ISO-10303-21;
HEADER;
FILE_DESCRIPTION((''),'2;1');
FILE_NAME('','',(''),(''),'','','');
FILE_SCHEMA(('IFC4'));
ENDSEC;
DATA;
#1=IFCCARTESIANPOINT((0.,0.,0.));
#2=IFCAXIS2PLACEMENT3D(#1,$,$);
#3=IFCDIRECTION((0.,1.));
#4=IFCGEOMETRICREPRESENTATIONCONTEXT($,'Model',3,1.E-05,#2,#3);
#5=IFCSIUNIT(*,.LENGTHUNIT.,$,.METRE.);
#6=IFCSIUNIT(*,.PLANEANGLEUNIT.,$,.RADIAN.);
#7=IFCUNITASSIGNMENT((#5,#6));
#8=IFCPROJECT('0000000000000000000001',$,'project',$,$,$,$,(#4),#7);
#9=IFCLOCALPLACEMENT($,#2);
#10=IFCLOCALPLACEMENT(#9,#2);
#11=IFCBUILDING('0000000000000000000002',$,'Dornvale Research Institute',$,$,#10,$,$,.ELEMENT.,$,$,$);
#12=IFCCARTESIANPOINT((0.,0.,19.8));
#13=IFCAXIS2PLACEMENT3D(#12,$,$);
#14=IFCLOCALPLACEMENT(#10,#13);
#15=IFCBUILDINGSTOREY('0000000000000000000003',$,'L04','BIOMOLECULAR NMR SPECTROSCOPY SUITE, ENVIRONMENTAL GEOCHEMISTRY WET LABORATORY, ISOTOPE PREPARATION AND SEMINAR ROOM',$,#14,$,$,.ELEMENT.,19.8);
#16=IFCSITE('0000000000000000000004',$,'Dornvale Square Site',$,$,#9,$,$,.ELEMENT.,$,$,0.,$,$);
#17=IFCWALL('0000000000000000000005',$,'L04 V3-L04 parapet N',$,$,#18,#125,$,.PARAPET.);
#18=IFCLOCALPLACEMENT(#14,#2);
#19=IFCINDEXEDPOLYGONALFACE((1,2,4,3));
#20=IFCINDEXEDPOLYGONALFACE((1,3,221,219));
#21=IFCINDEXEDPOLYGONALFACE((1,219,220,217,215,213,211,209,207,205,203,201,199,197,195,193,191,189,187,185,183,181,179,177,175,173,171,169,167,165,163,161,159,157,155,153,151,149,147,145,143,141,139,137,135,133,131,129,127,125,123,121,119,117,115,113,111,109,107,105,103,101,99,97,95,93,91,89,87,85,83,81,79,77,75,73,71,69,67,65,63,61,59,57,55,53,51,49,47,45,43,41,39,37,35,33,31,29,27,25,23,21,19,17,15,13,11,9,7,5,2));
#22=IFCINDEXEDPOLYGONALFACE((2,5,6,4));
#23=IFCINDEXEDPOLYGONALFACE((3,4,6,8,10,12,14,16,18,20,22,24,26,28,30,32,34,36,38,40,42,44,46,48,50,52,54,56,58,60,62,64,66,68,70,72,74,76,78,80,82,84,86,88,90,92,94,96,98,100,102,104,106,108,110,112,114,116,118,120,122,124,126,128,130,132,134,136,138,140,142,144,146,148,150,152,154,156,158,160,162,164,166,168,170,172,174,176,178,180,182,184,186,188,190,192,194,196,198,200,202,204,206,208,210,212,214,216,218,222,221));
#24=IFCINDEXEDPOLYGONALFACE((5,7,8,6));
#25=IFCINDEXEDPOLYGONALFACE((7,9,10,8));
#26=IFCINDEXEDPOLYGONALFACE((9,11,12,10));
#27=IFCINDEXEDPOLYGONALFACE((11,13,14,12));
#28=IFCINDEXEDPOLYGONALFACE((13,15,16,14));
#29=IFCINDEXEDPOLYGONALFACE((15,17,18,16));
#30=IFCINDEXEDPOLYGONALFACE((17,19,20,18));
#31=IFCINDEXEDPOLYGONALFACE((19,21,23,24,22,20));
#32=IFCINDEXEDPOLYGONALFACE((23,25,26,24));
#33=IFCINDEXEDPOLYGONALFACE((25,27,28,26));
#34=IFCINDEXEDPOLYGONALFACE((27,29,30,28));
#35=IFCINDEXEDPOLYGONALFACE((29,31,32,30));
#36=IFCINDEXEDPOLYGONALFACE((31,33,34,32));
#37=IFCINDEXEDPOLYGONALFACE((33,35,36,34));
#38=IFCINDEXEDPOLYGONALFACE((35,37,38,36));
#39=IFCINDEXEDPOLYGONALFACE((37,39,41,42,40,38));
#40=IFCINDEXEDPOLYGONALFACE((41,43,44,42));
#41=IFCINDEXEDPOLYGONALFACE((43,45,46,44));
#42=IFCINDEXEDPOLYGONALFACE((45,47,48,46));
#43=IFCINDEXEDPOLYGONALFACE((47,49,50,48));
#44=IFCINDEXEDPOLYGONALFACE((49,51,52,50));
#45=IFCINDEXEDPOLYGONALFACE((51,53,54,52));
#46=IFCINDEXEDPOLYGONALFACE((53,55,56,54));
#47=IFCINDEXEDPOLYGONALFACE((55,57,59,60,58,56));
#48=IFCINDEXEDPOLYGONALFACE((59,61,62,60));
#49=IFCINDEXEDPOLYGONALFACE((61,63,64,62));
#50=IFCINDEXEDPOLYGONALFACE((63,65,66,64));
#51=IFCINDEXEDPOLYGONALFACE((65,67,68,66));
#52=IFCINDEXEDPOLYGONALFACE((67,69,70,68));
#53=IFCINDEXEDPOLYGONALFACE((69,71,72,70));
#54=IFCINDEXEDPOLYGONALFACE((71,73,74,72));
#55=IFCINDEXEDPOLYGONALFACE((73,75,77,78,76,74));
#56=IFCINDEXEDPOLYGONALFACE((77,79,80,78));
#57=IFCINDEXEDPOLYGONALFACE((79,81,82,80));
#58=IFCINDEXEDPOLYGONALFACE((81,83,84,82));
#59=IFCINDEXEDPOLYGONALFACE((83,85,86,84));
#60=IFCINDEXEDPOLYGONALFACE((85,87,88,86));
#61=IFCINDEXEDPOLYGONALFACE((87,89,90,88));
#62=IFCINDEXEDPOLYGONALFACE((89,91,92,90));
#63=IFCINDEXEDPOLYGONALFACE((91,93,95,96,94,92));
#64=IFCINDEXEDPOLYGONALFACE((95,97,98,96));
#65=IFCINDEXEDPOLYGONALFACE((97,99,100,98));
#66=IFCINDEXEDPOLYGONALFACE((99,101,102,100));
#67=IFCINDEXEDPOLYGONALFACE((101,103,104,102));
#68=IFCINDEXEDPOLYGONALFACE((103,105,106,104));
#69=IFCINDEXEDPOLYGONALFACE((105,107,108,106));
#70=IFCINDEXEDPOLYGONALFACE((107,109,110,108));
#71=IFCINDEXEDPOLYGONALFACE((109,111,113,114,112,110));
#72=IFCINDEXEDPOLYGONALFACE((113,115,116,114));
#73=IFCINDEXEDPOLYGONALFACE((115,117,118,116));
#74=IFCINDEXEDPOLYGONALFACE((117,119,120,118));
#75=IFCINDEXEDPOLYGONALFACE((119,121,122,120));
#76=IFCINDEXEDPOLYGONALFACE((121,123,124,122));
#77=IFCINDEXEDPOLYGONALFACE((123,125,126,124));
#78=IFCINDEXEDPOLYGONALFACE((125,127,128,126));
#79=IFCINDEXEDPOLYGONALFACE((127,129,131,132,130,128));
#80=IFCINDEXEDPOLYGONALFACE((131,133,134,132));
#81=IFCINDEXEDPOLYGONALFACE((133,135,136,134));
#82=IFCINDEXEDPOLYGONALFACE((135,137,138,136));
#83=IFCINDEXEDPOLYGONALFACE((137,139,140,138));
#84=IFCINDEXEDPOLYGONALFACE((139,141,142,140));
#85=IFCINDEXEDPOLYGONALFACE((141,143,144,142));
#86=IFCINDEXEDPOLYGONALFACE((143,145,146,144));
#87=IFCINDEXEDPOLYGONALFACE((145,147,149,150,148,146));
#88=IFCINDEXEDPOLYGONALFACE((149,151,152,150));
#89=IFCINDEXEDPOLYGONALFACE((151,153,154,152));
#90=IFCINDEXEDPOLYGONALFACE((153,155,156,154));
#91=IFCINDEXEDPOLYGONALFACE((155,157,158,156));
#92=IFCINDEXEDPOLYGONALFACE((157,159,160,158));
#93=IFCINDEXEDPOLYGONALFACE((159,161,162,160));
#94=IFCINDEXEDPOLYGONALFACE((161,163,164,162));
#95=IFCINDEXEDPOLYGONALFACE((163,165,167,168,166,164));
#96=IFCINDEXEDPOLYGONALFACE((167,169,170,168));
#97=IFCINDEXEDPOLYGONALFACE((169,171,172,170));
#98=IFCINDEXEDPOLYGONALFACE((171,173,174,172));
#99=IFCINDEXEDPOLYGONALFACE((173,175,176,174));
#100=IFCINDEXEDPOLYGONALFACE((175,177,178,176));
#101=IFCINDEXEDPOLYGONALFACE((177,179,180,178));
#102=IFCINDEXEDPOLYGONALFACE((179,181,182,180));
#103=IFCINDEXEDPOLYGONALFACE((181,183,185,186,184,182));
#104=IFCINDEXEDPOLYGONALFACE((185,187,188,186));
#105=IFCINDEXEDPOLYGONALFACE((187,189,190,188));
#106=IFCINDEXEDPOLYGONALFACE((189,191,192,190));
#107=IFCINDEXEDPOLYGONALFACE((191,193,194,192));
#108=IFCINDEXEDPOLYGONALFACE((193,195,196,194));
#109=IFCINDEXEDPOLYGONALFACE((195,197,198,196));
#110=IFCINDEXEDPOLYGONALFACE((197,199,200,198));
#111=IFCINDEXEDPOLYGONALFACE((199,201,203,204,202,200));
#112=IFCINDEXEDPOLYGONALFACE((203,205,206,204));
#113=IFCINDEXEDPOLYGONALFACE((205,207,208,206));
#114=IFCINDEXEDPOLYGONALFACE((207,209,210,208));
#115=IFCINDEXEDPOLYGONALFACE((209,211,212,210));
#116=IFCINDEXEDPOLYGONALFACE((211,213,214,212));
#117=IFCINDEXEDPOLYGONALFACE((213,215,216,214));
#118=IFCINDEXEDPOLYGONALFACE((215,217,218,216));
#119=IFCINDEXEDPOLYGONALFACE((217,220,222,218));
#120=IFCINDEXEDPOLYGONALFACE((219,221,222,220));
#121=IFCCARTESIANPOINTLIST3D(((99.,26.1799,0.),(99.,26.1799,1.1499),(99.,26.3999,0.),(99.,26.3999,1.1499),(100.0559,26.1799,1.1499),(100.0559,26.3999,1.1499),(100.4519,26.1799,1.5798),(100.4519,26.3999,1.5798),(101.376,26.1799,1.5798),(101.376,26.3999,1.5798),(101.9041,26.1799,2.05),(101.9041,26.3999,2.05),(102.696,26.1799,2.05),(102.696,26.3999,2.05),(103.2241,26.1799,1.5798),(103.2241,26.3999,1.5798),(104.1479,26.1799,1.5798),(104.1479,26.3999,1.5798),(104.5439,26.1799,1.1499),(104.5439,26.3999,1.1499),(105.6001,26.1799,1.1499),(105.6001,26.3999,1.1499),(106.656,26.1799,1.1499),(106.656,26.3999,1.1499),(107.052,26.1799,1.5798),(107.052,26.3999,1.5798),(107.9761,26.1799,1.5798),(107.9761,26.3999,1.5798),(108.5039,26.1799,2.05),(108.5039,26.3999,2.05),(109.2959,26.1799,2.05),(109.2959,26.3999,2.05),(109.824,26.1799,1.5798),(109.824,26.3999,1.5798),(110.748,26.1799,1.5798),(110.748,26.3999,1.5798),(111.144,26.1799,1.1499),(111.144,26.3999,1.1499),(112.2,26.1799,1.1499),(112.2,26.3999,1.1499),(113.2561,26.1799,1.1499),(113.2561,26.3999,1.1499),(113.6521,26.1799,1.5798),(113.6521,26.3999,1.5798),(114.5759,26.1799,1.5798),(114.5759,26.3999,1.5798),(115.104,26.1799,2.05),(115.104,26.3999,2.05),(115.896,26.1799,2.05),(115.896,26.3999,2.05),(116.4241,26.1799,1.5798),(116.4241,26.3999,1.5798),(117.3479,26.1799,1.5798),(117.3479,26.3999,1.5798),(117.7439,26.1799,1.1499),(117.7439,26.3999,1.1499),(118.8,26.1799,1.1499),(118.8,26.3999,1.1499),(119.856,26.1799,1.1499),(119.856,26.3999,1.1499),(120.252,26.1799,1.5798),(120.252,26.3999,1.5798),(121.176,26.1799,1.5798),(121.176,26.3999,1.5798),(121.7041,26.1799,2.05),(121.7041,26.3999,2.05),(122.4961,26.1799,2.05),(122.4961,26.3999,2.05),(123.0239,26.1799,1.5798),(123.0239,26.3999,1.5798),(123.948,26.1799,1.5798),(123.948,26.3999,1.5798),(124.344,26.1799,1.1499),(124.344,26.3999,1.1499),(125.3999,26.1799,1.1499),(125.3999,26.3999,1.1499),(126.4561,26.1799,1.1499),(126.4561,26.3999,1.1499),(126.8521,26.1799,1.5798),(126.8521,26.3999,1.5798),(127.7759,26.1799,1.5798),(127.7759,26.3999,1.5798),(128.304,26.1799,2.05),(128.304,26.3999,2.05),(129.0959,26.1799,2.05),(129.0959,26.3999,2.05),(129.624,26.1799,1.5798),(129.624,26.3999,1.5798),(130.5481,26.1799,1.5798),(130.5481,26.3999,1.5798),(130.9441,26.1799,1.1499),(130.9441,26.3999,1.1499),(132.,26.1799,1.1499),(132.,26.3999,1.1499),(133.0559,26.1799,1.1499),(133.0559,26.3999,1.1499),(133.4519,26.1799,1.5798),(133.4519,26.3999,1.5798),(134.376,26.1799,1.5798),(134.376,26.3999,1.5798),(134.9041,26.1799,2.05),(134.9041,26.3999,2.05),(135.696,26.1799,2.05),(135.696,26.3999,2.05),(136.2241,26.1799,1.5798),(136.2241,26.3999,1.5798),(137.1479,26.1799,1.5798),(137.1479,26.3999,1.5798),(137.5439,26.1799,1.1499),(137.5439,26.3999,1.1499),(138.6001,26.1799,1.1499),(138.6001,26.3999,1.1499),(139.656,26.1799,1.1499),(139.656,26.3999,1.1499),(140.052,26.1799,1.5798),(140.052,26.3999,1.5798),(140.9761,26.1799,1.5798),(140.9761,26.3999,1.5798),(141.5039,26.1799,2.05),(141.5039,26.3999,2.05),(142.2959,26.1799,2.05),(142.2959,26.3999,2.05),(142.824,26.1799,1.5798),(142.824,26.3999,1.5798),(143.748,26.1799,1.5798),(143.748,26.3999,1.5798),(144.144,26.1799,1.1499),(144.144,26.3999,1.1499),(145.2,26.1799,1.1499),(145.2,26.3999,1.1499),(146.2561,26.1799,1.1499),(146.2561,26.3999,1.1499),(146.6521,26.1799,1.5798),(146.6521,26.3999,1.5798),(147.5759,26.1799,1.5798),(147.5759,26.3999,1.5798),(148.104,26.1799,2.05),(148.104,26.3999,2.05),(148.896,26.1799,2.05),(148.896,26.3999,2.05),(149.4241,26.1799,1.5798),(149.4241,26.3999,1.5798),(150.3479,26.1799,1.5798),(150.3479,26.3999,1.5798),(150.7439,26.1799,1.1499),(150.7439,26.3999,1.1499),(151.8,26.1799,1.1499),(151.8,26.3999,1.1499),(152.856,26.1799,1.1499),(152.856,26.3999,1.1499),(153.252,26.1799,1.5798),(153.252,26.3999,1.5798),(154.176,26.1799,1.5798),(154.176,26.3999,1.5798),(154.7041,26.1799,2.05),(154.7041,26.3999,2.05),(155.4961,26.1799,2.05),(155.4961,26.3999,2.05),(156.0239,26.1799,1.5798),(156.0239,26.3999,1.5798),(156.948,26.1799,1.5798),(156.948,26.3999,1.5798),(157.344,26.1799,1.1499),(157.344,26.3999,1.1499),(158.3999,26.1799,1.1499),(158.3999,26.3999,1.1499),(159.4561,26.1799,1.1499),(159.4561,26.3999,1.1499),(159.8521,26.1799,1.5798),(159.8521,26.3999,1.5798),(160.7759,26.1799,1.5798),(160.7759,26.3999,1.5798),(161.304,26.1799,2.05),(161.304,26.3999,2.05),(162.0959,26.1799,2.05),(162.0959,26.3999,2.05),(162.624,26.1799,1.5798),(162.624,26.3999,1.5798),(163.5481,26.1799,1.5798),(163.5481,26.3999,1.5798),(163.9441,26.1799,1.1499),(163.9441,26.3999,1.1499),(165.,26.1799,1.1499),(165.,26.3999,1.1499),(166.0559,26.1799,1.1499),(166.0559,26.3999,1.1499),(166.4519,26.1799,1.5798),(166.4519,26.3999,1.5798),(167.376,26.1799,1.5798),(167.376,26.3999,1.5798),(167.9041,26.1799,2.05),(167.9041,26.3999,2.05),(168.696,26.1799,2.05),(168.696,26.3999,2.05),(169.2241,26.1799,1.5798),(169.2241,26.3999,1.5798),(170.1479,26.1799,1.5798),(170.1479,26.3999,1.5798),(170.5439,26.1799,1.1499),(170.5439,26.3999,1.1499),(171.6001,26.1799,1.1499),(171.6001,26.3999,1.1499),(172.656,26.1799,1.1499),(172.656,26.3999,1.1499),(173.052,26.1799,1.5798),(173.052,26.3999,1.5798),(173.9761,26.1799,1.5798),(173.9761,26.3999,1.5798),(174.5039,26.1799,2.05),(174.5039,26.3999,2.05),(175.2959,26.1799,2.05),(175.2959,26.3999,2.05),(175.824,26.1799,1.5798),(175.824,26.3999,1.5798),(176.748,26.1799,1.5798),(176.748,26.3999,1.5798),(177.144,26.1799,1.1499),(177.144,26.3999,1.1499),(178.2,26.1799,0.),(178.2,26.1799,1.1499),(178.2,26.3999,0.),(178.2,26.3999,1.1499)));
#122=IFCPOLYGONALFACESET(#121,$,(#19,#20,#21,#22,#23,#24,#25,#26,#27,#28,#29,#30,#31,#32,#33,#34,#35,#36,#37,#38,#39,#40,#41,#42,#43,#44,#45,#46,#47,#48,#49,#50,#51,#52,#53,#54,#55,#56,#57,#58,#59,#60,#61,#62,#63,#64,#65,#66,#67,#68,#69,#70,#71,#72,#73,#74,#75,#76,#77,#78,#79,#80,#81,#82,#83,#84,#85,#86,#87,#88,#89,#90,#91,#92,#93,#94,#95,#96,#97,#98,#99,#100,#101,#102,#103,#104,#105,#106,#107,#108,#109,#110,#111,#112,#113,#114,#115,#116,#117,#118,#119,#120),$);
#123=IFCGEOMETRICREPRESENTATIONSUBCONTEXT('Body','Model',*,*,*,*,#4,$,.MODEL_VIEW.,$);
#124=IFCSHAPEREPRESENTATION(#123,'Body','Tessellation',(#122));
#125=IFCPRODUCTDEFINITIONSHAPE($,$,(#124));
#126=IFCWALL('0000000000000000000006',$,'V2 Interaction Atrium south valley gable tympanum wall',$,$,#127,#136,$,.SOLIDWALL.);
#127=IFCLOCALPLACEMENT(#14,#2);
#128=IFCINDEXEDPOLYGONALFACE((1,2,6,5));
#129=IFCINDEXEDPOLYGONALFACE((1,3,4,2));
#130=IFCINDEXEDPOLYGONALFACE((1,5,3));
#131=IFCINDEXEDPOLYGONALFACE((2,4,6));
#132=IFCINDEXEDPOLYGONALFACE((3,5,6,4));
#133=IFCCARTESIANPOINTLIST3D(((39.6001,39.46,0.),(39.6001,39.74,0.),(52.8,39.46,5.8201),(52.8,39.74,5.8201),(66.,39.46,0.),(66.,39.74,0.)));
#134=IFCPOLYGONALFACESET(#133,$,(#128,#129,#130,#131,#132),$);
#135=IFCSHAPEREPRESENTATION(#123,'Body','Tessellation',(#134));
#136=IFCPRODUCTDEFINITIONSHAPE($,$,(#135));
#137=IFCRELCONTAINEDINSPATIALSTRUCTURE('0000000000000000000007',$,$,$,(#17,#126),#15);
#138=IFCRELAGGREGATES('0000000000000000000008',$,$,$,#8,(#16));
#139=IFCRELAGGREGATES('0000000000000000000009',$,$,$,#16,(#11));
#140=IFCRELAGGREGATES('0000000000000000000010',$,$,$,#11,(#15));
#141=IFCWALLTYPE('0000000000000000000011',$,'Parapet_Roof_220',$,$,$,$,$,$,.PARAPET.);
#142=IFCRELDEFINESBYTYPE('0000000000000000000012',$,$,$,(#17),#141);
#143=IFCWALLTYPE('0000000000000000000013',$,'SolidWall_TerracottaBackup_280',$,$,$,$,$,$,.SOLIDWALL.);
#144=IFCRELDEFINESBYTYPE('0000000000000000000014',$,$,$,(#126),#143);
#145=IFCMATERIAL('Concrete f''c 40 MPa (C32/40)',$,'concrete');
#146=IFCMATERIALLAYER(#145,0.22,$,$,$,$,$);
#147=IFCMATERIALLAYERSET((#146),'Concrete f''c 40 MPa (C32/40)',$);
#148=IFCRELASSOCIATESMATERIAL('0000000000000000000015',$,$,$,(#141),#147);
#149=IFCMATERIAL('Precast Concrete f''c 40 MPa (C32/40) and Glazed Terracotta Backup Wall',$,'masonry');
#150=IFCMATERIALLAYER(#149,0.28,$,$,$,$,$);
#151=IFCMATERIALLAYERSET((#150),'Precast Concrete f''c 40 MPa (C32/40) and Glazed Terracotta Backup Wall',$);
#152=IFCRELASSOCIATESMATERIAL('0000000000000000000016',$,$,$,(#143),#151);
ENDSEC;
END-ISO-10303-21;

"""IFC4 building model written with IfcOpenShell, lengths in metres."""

from ifc_helpers import new_model, si_unit, direction, frame, origin, place, context, subcontext, project, spatial, polyline, outline, extrude, material, layer, layer_set, type_object, element, save


model = new_model("IFC4")

# Units and contexts
model_context = context("Model", 3, precision=1e-05, world=origin(), true_north=direction((0.0, 1.0)))
body_context = subcontext(model_context, "Body", "Model", "MODEL_VIEW")
ifc_project = project(units=[si_unit("LENGTHUNIT", "METRE"), si_unit("PLANEANGLEUNIT", "RADIAN")], contexts=[model_context])

# Site, building, storey
site_placement = place(None, origin())
site = spatial("IfcSite", under=ifc_project, at=site_placement, Name="Dornvale Square Site", CompositionType="ELEMENT", RefElevation=0.0)
building_placement = place(site_placement, origin())
building = spatial("IfcBuilding", under=site, at=building_placement, Name="Dornvale Research Institute", CompositionType="ELEMENT")
storey_placement = place(building_placement, frame((0.0, 0.0, 19.8)))
storey = spatial("IfcBuildingStorey", under=building, at=storey_placement, Name="L04", Description="BIOMOLECULAR NMR SPECTROSCOPY SUITE, ENVIRONMENTAL GEOCHEMISTRY WET LABORATORY, ISOTOPE PREPARATION AND SEMINAR ROOM", CompositionType="ELEMENT", Elevation=19.8)

# Walls
ifc_material_1 = material(Name="Concrete f'c 40 MPa (C32/40)", Category="concrete")
ifc_layer_1 = layer(ifc_material_1, 0.22)
ifc_layer_set_1 = layer_set([ifc_layer_1], Name="Concrete f'c 40 MPa (C32/40)")
wall_type_1 = type_object("IfcWallType", Name="Parapet_Roof_220", PredefinedType="PARAPET", material=ifc_layer_set_1)
wall_1_placement = place(storey_placement, frame((99.0, 26.29, 0.0), z_axis=(0.0, 0.0, 1.0), x_axis=(1.0, 0.0, 0.0)))
element("IfcWall", 1, at=wall_1_placement, inside=storey, type_object=wall_type_1, Name="L04 V3-L04 parapet N", PredefinedType="PARAPET", context=body_context, shape_type="SweptSolid", body=[
    extrude(outline(polyline([(0.0, 0.0), (79.2, 0.0), (79.2, 1.1499), (78.144, 1.1499), (77.748, 1.5798), (76.824, 1.5798), (76.2959, 2.05), (75.5039, 2.05), (74.9761, 1.5798), (74.052, 1.5798), (73.656, 1.1499), (72.6001, 1.1499), (71.5439, 1.1499), (71.1479, 1.5798), (70.2241, 1.5798), (69.696, 2.05), (68.9041, 2.05), (68.376, 1.5798), (67.4519, 1.5798), (67.0559, 1.1499), (66.0, 1.1499), (64.9441, 1.1499), (64.5481, 1.5798), (63.624, 1.5798), (63.0959, 2.05), (62.304, 2.05), (61.7759, 1.5798), (60.8521, 1.5798), (60.4561, 1.1499), (59.3999, 1.1499), (58.344, 1.1499), (57.948, 1.5798), (57.0239, 1.5798), (56.4961, 2.05), (55.7041, 2.05), (55.176, 1.5798), (54.252, 1.5798), (53.856, 1.1499), (52.8, 1.1499), (51.7439, 1.1499), (51.3479, 1.5798), (50.4241, 1.5798), (49.896, 2.05), (49.104, 2.05), (48.5759, 1.5798), (47.6521, 1.5798), (47.2561, 1.1499), (46.2, 1.1499), (45.144, 1.1499), (44.748, 1.5798), (43.824, 1.5798), (43.2959, 2.05), (42.5039, 2.05), (41.9761, 1.5798), (41.052, 1.5798), (40.656, 1.1499), (39.6001, 1.1499), (38.5439, 1.1499), (38.1479, 1.5798), (37.2241, 1.5798), (36.696, 2.05), (35.9041, 2.05), (35.376, 1.5798), (34.4519, 1.5798), (34.0559, 1.1499), (33.0, 1.1499), (31.9441, 1.1499), (31.5481, 1.5798), (30.624, 1.5798), (30.0959, 2.05), (29.304, 2.05), (28.7759, 1.5798), (27.8521, 1.5798), (27.4561, 1.1499), (26.3999, 1.1499), (25.344, 1.1499), (24.948, 1.5798), (24.0239, 1.5798), (23.4961, 2.05), (22.7041, 2.05), (22.176, 1.5798), (21.252, 1.5798), (20.856, 1.1499), (19.8, 1.1499), (18.7439, 1.1499), (18.3479, 1.5798), (17.4241, 1.5798), (16.896, 2.05), (16.104, 2.05), (15.5759, 1.5798), (14.6521, 1.5798), (14.2561, 1.1499), (13.2, 1.1499), (12.144, 1.1499), (11.748, 1.5798), (10.824, 1.5798), (10.2959, 2.05), (9.5039, 2.05), (8.9761, 1.5798), (8.052, 1.5798), (7.656, 1.1499), (6.6001, 1.1499), (5.5439, 1.1499), (5.1479, 1.5798), (4.2241, 1.5798), (3.696, 2.05), (2.9041, 2.05), (2.376, 1.5798), (1.4519, 1.5798), (1.0559, 1.1499), (0.0, 1.1499), (0.0, 0.0)])), frame((0.0, 0.1099, 0.0), z_axis=(0.0, -1.0, 0.0), x_axis=(1.0, 0.0, 0.0)), (0.0, 0.0, 1.0), 0.22),
])
ifc_material_2 = material(Name="Precast Concrete f'c 40 MPa (C32/40) and Glazed Terracotta Backup Wall", Category="masonry")
ifc_layer_2 = layer(ifc_material_2, 0.28)
ifc_layer_set_2 = layer_set([ifc_layer_2], Name="Precast Concrete f'c 40 MPa (C32/40) and Glazed Terracotta Backup Wall")
wall_type_2 = type_object("IfcWallType", Name="SolidWall_TerracottaBackup_280", PredefinedType="SOLIDWALL", material=ifc_layer_set_2)
wall_2_placement = place(storey_placement, frame((66.0, 39.6001, 0.0), z_axis=(0.0, 0.0, 1.0), x_axis=(-1.0, 0.0, 0.0)))
element("IfcWall", 2, at=wall_2_placement, inside=storey, type_object=wall_type_2, Name="V2 Interaction Atrium south valley gable tympanum wall", PredefinedType="SOLIDWALL", context=body_context, shape_type="SweptSolid", body=[
    extrude(outline(polyline([(0.0, 0.0), (26.3999, 0.0), (26.3999, 0.0), (13.2, 5.8201), (0.0, 0.0), (0.0, 0.0)])), frame((0.0, 0.1401, 0.0), z_axis=(0.0, -1.0, 0.0), x_axis=(1.0, 0.0, 0.0)), (0.0, 0.0, 1.0), 0.28),
])

save(model, "model.ifc")
